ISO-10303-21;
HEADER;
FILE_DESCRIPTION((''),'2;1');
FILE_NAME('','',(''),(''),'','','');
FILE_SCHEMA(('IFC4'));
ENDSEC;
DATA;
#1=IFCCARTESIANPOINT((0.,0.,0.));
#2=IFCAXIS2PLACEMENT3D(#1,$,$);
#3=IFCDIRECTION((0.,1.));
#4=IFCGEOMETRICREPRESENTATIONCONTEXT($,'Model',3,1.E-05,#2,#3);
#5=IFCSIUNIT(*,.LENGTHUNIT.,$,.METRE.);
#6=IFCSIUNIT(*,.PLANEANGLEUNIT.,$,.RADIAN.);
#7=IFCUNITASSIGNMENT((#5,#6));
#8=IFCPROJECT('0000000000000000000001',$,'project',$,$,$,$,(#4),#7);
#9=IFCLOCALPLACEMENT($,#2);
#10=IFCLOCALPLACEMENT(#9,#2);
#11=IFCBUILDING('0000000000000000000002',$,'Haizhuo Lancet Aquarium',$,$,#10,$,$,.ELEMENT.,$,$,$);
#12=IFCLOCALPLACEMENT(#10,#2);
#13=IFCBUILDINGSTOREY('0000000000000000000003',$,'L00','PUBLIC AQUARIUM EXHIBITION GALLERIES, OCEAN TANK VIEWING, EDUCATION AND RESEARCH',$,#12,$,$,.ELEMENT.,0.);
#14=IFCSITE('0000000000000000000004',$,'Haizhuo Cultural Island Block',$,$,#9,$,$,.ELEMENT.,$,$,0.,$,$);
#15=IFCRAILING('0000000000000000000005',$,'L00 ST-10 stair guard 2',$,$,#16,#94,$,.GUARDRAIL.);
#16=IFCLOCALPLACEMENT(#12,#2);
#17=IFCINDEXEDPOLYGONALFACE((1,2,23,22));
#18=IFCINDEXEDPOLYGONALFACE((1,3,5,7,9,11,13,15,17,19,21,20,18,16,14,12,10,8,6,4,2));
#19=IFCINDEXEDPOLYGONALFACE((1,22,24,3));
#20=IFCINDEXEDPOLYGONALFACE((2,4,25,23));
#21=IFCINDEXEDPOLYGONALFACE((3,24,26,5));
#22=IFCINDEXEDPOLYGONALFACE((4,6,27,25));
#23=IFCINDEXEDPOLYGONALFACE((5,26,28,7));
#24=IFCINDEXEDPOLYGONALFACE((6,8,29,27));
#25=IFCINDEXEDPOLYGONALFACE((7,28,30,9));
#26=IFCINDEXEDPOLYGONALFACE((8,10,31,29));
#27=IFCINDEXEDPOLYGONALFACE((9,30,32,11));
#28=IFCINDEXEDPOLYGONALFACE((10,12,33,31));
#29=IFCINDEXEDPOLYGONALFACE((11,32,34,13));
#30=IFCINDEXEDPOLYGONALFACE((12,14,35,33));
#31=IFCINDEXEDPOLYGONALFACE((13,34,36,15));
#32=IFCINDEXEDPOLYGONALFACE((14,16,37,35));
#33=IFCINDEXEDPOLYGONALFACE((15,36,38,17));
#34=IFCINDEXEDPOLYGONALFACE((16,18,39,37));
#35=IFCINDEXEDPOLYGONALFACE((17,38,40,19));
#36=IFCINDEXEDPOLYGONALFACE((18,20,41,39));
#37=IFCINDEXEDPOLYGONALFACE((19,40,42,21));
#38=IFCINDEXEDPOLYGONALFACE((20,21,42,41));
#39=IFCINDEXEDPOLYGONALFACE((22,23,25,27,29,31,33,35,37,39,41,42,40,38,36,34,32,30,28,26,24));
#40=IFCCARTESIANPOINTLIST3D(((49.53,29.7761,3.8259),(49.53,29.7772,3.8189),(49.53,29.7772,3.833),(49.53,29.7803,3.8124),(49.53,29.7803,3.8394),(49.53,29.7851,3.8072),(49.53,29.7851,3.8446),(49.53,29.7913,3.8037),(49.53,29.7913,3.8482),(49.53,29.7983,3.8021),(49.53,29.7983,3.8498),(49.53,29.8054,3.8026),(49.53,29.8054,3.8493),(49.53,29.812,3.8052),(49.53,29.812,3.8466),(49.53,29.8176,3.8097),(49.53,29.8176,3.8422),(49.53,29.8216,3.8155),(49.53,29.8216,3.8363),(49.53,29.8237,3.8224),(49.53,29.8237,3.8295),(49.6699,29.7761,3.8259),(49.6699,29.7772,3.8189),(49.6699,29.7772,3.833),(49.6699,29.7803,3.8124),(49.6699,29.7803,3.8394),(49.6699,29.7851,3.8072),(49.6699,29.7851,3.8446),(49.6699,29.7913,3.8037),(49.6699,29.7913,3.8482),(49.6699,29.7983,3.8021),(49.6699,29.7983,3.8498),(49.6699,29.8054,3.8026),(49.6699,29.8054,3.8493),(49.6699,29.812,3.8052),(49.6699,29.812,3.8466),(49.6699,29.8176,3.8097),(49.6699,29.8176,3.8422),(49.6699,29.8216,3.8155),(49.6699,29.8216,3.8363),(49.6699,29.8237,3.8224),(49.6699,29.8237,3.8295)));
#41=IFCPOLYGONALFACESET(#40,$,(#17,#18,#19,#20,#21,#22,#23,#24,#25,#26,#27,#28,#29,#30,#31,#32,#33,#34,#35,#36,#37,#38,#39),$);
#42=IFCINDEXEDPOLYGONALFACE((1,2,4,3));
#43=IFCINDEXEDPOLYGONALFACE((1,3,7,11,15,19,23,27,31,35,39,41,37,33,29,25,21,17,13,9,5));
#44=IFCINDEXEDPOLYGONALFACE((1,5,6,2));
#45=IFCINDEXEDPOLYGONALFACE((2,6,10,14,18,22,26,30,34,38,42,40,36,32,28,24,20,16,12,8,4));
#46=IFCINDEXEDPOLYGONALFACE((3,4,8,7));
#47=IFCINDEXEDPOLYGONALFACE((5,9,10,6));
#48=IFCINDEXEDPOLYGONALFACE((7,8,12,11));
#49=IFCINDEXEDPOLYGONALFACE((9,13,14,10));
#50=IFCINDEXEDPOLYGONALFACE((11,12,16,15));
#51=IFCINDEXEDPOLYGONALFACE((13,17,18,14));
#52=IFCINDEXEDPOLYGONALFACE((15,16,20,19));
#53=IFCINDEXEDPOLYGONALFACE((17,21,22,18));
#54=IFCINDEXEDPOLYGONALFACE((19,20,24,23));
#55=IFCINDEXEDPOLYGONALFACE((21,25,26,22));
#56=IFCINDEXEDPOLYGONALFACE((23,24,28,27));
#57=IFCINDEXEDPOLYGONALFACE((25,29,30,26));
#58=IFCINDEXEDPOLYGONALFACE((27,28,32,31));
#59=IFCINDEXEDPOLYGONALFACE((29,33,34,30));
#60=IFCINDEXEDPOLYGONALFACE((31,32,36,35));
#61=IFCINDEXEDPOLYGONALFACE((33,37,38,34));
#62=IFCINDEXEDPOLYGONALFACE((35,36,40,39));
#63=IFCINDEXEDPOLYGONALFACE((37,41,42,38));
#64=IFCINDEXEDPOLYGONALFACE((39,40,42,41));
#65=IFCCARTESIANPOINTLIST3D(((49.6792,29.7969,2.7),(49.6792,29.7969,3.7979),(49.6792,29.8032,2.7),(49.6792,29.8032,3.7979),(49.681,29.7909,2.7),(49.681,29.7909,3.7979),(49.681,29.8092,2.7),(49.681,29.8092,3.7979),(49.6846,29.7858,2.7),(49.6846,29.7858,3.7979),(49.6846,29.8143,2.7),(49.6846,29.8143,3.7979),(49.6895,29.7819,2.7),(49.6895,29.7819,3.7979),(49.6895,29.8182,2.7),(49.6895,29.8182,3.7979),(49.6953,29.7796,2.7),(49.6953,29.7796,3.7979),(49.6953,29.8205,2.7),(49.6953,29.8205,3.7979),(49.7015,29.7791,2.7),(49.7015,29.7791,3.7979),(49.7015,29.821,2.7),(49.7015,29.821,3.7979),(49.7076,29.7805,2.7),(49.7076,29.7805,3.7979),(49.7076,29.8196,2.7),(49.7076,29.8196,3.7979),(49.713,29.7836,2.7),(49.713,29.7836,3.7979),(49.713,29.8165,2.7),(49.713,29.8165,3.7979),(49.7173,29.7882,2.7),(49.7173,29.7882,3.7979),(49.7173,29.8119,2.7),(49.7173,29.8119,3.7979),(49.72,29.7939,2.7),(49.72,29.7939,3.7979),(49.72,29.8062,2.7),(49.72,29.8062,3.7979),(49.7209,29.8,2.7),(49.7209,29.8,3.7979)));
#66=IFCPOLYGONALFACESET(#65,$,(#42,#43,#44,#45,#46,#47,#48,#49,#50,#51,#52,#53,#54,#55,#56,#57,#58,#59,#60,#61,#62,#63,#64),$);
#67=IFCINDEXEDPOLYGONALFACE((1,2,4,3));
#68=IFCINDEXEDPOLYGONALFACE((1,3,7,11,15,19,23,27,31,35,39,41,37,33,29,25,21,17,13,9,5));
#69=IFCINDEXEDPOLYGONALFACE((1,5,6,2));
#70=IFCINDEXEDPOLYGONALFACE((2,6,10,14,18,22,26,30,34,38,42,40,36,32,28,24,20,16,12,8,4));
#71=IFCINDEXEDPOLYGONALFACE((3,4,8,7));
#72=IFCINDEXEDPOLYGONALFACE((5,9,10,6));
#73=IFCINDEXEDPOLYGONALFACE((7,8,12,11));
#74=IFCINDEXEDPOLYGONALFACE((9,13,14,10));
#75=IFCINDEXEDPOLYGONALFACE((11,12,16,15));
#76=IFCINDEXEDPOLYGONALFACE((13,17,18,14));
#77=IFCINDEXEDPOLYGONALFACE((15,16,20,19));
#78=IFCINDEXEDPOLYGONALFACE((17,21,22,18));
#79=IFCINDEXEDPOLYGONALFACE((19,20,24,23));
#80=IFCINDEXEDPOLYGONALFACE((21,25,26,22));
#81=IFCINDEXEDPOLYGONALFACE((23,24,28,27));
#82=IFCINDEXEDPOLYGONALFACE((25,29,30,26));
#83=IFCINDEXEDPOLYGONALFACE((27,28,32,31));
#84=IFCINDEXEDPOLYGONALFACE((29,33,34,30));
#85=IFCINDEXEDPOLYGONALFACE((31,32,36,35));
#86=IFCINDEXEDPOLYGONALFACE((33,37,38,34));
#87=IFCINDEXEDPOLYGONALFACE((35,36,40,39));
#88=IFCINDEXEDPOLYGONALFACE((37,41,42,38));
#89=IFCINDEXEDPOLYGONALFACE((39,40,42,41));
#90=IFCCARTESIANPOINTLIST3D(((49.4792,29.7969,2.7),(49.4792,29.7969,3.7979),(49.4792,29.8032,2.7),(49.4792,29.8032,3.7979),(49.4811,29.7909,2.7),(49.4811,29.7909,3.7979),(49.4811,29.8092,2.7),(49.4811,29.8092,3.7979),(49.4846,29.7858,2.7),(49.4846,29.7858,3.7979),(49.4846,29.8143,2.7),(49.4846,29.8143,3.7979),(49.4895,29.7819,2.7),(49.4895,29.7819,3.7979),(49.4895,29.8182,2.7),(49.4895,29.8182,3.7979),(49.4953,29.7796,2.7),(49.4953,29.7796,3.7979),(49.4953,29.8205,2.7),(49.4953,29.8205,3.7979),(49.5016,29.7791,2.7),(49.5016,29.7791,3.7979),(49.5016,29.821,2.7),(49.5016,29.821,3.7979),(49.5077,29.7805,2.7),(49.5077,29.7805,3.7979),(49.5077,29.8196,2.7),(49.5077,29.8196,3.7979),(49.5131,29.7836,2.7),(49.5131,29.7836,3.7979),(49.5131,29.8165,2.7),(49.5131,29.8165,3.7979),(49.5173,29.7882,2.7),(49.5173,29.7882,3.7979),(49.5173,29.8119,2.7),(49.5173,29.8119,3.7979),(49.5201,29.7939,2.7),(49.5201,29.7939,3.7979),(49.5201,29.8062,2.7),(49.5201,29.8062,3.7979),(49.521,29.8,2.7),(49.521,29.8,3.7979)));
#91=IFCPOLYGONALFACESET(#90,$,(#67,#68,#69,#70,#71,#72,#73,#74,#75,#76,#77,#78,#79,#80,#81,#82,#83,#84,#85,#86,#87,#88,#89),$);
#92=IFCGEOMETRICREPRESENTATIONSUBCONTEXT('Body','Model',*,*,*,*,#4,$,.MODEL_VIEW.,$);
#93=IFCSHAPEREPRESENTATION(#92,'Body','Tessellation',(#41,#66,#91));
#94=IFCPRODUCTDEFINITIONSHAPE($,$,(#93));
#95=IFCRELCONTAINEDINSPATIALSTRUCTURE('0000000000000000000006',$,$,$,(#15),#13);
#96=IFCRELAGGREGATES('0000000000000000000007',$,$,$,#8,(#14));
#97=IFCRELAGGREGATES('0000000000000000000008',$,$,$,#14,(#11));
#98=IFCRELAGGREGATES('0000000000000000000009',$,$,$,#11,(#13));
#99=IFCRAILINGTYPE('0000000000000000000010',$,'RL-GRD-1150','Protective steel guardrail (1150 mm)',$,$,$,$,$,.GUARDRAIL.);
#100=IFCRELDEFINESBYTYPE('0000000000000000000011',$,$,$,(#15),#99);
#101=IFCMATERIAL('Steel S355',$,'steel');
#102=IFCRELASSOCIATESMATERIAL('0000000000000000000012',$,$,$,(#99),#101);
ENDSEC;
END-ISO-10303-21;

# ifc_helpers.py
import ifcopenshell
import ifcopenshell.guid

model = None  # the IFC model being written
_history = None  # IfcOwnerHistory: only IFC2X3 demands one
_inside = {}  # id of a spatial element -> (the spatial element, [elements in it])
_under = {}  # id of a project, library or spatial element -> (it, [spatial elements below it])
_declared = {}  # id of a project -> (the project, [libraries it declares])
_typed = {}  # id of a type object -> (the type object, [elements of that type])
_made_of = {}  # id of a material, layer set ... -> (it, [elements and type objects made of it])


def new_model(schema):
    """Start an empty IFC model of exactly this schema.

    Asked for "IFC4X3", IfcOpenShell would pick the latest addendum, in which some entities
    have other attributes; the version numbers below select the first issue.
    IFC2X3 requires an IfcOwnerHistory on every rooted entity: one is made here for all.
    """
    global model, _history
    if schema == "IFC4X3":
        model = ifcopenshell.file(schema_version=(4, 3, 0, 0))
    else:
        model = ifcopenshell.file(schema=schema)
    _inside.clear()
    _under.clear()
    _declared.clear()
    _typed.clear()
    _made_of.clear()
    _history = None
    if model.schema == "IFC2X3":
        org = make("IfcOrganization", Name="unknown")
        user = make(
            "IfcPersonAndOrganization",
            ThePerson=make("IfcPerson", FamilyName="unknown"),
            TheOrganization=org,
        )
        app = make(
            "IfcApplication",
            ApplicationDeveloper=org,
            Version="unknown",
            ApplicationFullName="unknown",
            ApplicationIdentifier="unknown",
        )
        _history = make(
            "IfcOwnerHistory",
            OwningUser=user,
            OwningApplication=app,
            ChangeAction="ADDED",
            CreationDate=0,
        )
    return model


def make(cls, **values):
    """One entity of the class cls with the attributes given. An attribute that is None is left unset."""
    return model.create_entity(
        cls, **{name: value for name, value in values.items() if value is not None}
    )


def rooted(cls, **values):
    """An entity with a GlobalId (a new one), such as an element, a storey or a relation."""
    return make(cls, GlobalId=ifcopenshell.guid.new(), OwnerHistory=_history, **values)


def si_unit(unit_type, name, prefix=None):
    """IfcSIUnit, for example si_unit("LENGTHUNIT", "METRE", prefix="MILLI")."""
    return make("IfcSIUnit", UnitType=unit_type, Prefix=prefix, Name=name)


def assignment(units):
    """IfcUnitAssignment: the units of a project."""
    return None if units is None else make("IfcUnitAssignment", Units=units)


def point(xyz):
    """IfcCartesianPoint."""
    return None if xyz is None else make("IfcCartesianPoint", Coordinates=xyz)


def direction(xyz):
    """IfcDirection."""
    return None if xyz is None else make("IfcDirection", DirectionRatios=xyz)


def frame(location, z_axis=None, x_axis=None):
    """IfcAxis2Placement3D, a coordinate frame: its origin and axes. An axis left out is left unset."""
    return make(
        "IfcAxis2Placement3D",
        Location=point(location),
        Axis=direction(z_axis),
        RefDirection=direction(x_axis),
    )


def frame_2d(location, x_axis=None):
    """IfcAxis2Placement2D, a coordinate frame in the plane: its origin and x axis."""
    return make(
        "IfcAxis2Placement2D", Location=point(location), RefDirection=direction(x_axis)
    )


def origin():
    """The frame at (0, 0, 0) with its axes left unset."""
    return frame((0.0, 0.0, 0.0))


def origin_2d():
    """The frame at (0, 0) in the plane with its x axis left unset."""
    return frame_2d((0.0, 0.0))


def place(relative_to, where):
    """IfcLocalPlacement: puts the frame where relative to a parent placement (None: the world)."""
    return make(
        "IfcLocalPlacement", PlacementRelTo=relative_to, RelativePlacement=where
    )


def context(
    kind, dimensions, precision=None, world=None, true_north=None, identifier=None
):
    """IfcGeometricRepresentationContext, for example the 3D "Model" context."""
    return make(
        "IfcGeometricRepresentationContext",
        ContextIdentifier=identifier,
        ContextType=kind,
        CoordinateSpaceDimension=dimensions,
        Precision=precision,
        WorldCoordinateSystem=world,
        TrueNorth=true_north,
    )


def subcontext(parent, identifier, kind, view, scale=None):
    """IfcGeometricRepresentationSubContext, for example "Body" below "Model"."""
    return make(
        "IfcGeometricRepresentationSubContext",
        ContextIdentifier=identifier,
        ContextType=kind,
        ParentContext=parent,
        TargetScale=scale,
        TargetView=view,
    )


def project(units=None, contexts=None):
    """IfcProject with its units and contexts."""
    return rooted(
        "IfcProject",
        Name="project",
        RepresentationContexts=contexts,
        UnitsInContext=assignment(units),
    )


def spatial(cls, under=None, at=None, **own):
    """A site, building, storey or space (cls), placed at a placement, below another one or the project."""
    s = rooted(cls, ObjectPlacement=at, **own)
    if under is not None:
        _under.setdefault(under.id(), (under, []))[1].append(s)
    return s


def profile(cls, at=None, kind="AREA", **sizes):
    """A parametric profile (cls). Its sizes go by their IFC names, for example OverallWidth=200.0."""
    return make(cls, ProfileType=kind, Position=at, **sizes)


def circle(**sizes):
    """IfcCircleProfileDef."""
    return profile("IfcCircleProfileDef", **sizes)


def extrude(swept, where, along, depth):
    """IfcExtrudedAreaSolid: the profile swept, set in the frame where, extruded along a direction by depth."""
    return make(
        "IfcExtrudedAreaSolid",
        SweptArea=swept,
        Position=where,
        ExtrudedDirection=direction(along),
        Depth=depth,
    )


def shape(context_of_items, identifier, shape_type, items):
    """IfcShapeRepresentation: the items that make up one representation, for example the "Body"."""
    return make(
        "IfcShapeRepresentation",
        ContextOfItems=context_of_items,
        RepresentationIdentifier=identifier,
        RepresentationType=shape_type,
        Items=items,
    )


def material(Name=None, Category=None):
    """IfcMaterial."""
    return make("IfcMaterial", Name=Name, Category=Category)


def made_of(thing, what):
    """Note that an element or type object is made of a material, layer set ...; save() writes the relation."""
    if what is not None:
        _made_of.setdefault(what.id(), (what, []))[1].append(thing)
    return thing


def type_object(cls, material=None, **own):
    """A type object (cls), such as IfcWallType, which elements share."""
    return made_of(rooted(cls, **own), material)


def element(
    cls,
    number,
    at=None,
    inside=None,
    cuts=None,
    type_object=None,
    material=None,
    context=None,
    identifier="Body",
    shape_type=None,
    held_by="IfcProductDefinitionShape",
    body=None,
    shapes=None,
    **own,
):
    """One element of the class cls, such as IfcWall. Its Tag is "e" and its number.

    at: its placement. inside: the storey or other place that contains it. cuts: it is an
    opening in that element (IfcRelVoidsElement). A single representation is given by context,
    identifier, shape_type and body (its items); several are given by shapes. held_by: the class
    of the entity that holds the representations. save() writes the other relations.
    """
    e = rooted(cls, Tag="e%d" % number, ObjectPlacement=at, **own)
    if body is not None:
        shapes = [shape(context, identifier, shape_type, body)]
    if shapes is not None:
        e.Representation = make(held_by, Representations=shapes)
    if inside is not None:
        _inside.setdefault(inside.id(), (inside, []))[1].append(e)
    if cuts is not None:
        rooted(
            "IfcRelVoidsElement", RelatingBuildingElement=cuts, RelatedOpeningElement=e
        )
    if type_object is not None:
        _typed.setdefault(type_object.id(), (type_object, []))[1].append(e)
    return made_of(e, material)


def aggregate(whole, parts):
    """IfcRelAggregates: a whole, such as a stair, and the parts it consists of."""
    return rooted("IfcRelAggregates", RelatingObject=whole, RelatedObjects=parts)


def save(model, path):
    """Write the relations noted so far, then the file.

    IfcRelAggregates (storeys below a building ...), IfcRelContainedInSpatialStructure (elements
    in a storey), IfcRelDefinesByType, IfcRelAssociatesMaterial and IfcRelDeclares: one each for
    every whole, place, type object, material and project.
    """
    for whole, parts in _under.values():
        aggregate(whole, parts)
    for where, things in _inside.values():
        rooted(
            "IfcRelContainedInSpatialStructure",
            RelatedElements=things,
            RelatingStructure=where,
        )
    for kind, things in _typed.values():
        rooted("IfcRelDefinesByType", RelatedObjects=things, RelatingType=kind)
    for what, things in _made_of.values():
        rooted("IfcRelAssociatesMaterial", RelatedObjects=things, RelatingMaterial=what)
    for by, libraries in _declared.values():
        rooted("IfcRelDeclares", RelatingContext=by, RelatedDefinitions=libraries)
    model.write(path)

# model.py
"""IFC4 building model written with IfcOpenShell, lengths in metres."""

from ifc_helpers import new_model, si_unit, direction, frame, origin, origin_2d, place, context, subcontext, project, spatial, circle, extrude, material, type_object, element, save


model = new_model("IFC4")

# Units and contexts
model_context = context("Model", 3, precision=1e-05, world=origin(), true_north=direction((0.0, 1.0)))
body_context = subcontext(model_context, "Body", "Model", "MODEL_VIEW")
ifc_project = project(units=[si_unit("LENGTHUNIT", "METRE"), si_unit("PLANEANGLEUNIT", "RADIAN")], contexts=[model_context])

# Site, building, storey
site_placement = place(None, origin())
site = spatial("IfcSite", under=ifc_project, at=site_placement, Name="Haizhuo Cultural Island Block", CompositionType="ELEMENT", RefElevation=0.0)
building_placement = place(site_placement, origin())
building = spatial("IfcBuilding", under=site, at=building_placement, Name="Haizhuo Lancet Aquarium", CompositionType="ELEMENT")
storey_placement = place(building_placement, origin())
storey = spatial("IfcBuildingStorey", under=building, at=storey_placement, Name="L00", Description="PUBLIC AQUARIUM EXHIBITION GALLERIES, OCEAN TANK VIEWING, EDUCATION AND RESEARCH", CompositionType="ELEMENT", Elevation=0.0)

# Shared definitions
ifc_material_1 = material(Name="Steel S355", Category="steel")

# Railing
railing_type_1 = type_object("IfcRailingType", Name="RL-GRD-1150", Description="Protective steel guardrail (1150 mm)", PredefinedType="GUARDRAIL", material=ifc_material_1)
railing_1_placement = place(storey_placement, frame((49.7, 29.8, 2.7)))
element("IfcRailing", 1, at=railing_1_placement, inside=storey, type_object=railing_type_1, Name="L00 ST-10 stair guard 2", PredefinedType="GUARDRAIL", context=body_context, shape_type="SweptSolid", body=[
    extrude(circle(Radius=0.0239, at=origin_2d()), frame((-0.03, 0.0, 1.126), z_axis=(-1.0, 0.0, 0.0), x_axis=(0.0, -1.0, 0.0)), (0.0, 0.0, 1.0), 0.1399),
    extrude(circle(Radius=0.021, at=origin_2d()), origin(), (0.0, 0.0, 1.0), 1.0979),
    extrude(circle(Radius=0.021, at=origin_2d()), frame((-0.2, 0.0, 0.0)), (0.0, 0.0, 1.0), 1.0979),
])

save(model, "model.ifc")
